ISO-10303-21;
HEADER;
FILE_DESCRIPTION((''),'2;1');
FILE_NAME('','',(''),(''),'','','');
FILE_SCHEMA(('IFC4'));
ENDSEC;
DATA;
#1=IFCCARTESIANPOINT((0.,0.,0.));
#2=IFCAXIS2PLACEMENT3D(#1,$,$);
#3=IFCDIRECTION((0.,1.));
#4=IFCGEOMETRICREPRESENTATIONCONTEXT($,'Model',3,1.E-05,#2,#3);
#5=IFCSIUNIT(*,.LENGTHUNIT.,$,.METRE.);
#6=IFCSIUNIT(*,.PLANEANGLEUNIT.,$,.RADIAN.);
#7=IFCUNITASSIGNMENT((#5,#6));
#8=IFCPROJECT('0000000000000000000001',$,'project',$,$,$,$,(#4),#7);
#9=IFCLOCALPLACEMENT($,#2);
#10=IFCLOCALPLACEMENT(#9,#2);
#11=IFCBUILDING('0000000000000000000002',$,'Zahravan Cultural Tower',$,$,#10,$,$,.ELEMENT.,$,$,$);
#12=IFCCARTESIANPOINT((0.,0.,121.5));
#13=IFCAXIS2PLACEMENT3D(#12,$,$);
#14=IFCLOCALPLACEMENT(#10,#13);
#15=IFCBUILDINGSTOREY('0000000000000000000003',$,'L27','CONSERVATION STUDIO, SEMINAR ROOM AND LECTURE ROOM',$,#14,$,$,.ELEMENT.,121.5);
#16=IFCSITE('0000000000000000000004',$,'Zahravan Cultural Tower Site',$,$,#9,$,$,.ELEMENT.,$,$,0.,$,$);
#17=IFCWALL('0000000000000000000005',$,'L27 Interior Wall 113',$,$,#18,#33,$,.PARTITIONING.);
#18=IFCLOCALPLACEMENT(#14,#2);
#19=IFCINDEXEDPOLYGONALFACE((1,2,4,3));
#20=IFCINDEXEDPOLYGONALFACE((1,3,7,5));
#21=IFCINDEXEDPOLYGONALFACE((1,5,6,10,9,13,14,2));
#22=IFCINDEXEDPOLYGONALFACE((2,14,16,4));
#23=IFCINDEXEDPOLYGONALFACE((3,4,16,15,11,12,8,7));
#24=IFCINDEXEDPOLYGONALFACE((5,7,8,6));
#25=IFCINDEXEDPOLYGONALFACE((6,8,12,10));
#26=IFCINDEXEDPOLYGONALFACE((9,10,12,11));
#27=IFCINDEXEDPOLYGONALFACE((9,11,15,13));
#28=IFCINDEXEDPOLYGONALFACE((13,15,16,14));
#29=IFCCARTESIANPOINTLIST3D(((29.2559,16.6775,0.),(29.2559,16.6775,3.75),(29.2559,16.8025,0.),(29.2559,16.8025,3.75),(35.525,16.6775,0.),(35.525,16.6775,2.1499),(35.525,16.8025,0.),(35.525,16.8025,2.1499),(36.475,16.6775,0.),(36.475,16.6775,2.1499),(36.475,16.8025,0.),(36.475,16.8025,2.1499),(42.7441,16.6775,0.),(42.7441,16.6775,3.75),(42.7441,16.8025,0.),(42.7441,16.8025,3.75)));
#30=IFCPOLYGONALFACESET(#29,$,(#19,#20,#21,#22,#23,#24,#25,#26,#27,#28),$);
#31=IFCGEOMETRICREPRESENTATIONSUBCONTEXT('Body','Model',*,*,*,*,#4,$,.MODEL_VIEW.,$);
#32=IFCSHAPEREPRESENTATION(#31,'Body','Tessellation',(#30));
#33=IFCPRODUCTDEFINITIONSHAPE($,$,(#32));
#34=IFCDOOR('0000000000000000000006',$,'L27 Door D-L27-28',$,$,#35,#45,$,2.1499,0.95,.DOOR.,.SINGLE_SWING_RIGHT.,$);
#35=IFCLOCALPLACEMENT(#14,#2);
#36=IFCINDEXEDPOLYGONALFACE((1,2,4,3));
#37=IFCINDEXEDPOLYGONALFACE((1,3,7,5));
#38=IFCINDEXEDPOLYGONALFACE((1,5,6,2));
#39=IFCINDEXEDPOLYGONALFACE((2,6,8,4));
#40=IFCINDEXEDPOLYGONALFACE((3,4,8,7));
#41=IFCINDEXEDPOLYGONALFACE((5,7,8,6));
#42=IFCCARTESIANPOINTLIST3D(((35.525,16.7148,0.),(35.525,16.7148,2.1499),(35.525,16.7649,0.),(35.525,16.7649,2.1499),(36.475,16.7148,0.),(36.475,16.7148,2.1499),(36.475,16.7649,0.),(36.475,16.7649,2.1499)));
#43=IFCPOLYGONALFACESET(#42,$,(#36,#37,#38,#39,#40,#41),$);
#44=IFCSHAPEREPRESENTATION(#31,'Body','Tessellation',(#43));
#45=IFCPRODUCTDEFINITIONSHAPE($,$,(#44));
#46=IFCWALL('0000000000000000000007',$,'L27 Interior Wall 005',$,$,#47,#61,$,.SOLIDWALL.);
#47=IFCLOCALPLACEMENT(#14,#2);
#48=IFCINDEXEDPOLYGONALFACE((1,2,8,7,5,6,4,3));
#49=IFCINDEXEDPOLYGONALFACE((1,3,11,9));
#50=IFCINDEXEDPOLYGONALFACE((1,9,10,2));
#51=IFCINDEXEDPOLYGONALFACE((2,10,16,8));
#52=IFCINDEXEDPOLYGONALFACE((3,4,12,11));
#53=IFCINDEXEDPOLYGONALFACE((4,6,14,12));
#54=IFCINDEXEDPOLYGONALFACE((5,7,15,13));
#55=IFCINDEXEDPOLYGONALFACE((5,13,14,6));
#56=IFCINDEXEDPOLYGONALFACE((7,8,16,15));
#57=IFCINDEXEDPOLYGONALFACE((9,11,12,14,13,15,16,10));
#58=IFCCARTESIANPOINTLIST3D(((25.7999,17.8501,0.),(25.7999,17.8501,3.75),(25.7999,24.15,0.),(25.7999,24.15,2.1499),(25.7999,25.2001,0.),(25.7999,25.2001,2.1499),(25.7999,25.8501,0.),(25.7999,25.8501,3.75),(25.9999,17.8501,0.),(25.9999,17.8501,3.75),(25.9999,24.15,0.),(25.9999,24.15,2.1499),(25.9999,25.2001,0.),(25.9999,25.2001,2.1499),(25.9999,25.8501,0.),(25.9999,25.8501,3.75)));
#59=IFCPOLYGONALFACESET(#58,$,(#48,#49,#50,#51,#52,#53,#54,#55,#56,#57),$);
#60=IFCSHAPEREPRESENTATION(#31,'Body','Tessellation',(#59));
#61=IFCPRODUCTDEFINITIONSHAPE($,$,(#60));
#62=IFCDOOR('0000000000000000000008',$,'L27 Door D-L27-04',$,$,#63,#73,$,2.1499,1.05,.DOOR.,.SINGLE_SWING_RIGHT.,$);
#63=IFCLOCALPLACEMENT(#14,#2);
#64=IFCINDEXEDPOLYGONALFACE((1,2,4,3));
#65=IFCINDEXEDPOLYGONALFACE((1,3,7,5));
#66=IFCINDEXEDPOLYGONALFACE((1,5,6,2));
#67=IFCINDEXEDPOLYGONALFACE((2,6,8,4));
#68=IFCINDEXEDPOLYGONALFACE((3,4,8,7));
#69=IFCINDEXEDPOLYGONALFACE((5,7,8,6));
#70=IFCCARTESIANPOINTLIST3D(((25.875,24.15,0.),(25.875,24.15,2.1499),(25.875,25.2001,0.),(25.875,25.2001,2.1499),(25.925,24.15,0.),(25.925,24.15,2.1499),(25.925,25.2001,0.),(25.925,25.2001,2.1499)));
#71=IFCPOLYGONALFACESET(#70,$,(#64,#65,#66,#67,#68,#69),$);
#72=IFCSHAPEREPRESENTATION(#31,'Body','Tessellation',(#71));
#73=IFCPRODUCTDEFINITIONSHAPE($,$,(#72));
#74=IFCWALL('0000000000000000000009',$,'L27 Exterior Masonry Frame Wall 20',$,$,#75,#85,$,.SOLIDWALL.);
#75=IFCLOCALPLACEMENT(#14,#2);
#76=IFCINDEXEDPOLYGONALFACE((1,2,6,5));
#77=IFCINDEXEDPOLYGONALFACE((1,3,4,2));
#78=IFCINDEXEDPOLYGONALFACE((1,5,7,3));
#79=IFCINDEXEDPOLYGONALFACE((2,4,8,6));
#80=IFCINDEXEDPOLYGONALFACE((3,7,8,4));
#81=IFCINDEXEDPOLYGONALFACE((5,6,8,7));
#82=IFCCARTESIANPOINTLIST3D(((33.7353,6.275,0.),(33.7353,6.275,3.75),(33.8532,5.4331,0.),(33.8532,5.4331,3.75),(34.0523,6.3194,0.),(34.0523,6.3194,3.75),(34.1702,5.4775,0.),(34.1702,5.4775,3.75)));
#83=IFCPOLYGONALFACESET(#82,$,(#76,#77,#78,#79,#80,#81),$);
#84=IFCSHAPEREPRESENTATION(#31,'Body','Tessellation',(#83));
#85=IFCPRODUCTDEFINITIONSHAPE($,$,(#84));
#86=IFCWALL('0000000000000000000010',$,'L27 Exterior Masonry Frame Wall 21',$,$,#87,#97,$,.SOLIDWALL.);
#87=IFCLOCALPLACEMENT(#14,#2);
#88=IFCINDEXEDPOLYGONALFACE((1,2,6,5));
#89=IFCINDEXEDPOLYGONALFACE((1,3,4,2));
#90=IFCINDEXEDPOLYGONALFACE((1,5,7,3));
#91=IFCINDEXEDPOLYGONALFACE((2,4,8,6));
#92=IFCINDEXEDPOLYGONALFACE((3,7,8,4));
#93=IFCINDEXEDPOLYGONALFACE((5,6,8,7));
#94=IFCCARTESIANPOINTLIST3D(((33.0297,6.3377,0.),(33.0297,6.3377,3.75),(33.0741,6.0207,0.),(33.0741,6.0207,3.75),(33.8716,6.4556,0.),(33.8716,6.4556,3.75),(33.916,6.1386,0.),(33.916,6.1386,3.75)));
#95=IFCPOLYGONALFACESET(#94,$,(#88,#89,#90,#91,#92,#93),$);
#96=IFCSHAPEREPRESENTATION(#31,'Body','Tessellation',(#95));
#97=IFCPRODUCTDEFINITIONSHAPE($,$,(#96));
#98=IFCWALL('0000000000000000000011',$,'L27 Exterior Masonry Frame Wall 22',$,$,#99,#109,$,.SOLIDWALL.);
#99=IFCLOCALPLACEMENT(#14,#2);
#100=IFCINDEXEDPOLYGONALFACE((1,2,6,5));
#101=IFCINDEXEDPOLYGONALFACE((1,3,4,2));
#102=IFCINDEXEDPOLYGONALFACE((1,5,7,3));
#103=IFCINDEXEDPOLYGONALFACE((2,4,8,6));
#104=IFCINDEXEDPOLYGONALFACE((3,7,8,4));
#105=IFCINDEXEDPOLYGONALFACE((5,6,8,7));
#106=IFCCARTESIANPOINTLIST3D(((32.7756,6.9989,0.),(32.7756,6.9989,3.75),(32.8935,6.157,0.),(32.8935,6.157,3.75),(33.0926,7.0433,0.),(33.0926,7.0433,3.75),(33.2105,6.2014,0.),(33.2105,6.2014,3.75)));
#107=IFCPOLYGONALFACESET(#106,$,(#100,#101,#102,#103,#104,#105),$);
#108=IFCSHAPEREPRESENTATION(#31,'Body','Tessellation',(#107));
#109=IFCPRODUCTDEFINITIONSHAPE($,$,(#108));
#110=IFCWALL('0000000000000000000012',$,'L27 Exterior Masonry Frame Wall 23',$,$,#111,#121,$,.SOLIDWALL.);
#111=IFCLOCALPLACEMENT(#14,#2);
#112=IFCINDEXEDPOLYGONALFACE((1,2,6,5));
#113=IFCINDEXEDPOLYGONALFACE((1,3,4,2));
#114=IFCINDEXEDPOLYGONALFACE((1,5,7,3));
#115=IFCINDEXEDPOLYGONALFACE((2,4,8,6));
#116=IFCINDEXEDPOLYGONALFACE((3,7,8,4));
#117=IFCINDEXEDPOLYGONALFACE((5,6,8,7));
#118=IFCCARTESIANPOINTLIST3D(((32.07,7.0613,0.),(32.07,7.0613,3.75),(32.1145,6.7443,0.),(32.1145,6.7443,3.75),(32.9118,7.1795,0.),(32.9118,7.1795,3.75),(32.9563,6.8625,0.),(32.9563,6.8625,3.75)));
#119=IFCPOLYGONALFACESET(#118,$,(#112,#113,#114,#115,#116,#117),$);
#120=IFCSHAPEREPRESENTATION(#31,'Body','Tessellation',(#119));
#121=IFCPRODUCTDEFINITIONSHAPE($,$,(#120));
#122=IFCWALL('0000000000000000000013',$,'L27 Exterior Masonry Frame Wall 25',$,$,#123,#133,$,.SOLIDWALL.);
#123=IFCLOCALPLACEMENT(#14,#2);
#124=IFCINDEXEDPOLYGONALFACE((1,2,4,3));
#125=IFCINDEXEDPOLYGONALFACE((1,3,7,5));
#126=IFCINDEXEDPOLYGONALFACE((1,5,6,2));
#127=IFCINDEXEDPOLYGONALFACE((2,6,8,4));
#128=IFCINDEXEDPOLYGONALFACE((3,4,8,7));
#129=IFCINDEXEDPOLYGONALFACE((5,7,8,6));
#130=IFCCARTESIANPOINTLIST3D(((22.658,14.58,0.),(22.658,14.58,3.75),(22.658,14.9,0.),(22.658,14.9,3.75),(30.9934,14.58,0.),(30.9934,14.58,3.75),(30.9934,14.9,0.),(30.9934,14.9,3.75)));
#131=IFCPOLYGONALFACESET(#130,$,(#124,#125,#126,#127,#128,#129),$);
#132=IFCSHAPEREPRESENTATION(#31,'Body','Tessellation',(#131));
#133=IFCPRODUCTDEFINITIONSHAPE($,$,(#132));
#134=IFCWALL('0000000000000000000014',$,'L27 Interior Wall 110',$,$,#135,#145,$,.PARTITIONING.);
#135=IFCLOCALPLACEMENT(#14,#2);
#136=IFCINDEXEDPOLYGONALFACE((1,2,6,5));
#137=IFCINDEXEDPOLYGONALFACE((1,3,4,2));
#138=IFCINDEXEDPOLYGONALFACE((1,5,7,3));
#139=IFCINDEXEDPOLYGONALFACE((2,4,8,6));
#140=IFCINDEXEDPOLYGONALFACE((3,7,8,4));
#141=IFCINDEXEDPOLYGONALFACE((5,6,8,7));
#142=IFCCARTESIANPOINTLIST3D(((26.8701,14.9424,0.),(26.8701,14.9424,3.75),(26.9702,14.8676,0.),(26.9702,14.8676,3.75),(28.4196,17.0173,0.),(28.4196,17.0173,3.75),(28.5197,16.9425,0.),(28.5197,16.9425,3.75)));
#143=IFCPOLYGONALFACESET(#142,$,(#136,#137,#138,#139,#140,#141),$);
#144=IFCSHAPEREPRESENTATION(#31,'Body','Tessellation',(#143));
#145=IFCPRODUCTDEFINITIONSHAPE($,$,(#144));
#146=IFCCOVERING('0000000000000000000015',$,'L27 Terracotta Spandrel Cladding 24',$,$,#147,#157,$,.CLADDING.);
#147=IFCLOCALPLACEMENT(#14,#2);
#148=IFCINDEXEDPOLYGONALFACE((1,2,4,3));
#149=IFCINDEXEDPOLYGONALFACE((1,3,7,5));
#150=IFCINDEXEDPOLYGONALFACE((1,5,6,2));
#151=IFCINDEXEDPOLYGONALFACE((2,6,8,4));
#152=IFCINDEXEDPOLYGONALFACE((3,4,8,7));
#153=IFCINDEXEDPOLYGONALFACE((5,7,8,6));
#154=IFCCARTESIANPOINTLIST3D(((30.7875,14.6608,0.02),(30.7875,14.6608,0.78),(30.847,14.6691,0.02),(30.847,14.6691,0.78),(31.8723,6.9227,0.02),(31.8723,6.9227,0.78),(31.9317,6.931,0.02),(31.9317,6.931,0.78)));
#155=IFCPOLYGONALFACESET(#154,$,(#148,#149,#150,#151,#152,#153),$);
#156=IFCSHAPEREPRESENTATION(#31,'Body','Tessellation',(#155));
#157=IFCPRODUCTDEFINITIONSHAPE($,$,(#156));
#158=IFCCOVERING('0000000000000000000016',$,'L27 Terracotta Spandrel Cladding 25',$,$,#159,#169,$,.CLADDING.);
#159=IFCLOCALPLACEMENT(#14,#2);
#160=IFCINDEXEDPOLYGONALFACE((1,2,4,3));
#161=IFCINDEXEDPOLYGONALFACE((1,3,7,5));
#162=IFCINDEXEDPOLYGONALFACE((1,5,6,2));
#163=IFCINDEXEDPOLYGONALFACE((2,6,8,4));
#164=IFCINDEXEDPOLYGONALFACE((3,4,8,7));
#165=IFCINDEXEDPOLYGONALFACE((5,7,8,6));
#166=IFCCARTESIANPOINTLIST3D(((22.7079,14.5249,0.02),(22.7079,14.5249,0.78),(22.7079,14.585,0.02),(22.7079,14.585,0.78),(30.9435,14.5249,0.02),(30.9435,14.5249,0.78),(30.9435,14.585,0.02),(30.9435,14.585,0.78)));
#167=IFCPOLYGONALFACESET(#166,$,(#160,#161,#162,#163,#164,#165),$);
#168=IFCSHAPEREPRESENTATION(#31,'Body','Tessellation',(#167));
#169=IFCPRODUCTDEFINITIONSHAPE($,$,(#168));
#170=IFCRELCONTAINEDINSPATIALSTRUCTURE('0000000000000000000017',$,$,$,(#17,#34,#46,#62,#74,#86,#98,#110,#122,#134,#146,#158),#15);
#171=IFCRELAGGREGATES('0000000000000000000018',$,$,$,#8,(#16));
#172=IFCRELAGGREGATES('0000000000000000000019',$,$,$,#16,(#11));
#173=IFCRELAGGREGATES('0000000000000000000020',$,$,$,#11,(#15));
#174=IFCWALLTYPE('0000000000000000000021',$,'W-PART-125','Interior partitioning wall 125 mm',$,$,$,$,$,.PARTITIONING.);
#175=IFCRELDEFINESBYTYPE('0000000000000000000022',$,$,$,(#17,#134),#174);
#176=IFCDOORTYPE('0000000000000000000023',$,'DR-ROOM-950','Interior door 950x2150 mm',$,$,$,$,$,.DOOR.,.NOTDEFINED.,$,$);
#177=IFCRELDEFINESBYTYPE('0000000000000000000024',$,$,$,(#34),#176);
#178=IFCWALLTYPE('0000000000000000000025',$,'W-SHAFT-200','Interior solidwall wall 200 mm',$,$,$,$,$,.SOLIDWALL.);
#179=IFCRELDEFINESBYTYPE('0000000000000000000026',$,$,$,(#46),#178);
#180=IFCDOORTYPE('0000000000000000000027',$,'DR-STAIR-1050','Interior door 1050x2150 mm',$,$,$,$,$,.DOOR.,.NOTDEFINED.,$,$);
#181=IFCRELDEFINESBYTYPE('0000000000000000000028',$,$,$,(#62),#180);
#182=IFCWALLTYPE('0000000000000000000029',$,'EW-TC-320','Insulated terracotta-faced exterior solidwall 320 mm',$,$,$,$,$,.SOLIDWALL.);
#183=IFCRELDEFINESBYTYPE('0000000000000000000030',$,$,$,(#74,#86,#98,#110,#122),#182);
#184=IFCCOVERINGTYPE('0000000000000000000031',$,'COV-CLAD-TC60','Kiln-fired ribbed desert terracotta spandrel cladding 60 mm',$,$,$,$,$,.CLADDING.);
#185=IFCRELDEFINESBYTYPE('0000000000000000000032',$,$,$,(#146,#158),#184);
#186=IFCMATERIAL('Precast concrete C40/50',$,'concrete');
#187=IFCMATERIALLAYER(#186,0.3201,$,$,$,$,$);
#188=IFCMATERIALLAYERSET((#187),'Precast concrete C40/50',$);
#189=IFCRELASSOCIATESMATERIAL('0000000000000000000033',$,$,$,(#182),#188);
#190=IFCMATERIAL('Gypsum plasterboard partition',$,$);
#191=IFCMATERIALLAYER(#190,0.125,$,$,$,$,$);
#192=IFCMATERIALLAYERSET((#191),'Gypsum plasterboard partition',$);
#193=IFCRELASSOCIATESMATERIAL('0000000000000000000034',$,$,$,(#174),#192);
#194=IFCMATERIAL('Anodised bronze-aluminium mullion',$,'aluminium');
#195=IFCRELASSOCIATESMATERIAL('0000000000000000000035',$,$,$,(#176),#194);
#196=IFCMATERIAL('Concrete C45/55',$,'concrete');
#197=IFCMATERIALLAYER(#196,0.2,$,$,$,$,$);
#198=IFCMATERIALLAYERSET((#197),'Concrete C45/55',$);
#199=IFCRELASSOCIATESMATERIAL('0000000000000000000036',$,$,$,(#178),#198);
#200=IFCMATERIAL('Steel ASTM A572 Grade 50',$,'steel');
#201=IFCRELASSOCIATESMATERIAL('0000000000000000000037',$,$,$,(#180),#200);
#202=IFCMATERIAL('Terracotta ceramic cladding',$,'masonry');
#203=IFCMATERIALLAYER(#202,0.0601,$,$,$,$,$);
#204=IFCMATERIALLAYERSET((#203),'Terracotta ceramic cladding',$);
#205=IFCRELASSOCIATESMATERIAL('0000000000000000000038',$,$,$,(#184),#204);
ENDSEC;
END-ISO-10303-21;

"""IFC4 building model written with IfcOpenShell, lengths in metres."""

from ifc_helpers import new_model, si_unit, direction, frame, frame_2d, origin, origin_2d, place, context, subcontext, project, spatial, rectangle, extrude, source, transform, mapped, material, layer, layer_set, type_object, element, fill, save


model = new_model("IFC4")

# Units and contexts
model_context = context("Model", 3, precision=1e-05, world=origin(), true_north=direction((0.0, 1.0)))
body_context = subcontext(model_context, "Body", "Model", "MODEL_VIEW")
ifc_project = project(units=[si_unit("LENGTHUNIT", "METRE"), si_unit("PLANEANGLEUNIT", "RADIAN")], contexts=[model_context])

# Site, building, storey
site_placement = place(None, origin())
site = spatial("IfcSite", under=ifc_project, at=site_placement, Name="Zahravan Cultural Tower Site", CompositionType="ELEMENT", RefElevation=0.0)
building_placement = place(site_placement, origin())
building = spatial("IfcBuilding", under=site, at=building_placement, Name="Zahravan Cultural Tower", CompositionType="ELEMENT")
storey_placement = place(building_placement, frame((0.0, 0.0, 121.5)))
storey = spatial("IfcBuildingStorey", under=building, at=storey_placement, Name="L27", Description="CONSERVATION STUDIO, SEMINAR ROOM AND LECTURE ROOM", CompositionType="ELEMENT", Elevation=121.5)

# Shared definitions
ifc_material_1 = material(Name="Steel ASTM A572 Grade 50", Category="steel")

# Shared definitions
ifc_material_2 = material(Name="Precast concrete C40/50", Category="concrete")
ifc_layer_1 = layer(ifc_material_2, 0.3201)
ifc_layer_set_1 = layer_set([ifc_layer_1], Name="Precast concrete C40/50")
wall_type_1 = type_object("IfcWallType", Name="EW-TC-320", Description="Insulated terracotta-faced exterior solidwall 320 mm", PredefinedType="SOLIDWALL", material=ifc_layer_set_1)

# Walls, openings, doors
ifc_material_3 = material(Name="Gypsum plasterboard partition")
ifc_layer_2 = layer(ifc_material_3, 0.125)
ifc_layer_set_2 = layer_set([ifc_layer_2], Name="Gypsum plasterboard partition")
wall_type_2 = type_object("IfcWallType", Name="W-PART-125", Description="Interior partitioning wall 125 mm", PredefinedType="PARTITIONING", material=ifc_layer_set_2)
wall_1_placement = place(storey_placement, frame((29.2559, 16.74, 0.0), z_axis=(0.0, 0.0, 1.0), x_axis=(1.0, 0.0, 0.0)))
wall_1 = element("IfcWall", 1, at=wall_1_placement, inside=storey, type_object=wall_type_2, Name="L27 Interior Wall 113", PredefinedType="PARTITIONING", context=body_context, shape_type="SweptSolid", body=[
    extrude(rectangle(XDim=13.4883, YDim=0.125, at=frame_2d((6.7441, 0.0))), origin(), (0.0, 0.0, 1.0), 3.75),
])
opening_1_placement = place(wall_1_placement, frame((6.269, 0.0, 0.0)))
opening_1 = element("IfcOpeningElement", 2, at=opening_1_placement, cuts=wall_1, PredefinedType="OPENING", context=body_context, shape_type="SweptSolid", body=[
    extrude(rectangle(XDim=0.95, YDim=2.1499, at=frame_2d((0.4751, 1.075))), frame((0.0, 0.0725, 0.0), z_axis=(0.0, -1.0, 0.0), x_axis=(1.0, 0.0, 0.0)), (0.0, 0.0, 1.0), 0.145),
])
ifc_material_4 = material(Name="Anodised bronze-aluminium mullion", Category="aluminium")
door_type_1 = type_object("IfcDoorType", Name="DR-ROOM-950", Description="Interior door 950x2150 mm", OperationType="NOTDEFINED", PredefinedType="DOOR", material=ifc_material_4)
shared_shape_1 = source(origin(), body_context, "Body", "SweptSolid", [
    extrude(rectangle(XDim=0.95, YDim=2.1499, at=frame_2d((0.4751, 1.075))), frame((0.0, 0.0249, 0.0), z_axis=(0.0, -1.0, 0.0), x_axis=(1.0, 0.0, 0.0)), (0.0, 0.0, 1.0), 0.05),
])
door_1_placement = place(opening_1_placement, origin())
door_1 = element("IfcDoor", 3, at=door_1_placement, inside=storey, type_object=door_type_1, Name="L27 Door D-L27-28", OperationType="SINGLE_SWING_RIGHT", OverallHeight=2.1499, OverallWidth=0.95, PredefinedType="DOOR", context=body_context, shape_type="MappedRepresentation", body=[
    mapped(shared_shape_1, transform((0.0, 0.0, 0.0), x_axis=(1.0, 0.0, 0.0), y_axis=(0.0, 1.0, 0.0), z_axis=(0.0, 0.0, 1.0), scale=1.0)),
])
fill(opening_1, door_1)
ifc_material_5 = material(Name="Concrete C45/55", Category="concrete")
ifc_layer_3 = layer(ifc_material_5, 0.2)
ifc_layer_set_3 = layer_set([ifc_layer_3], Name="Concrete C45/55")
wall_type_3 = type_object("IfcWallType", Name="W-SHAFT-200", Description="Interior solidwall wall 200 mm", PredefinedType="SOLIDWALL", material=ifc_layer_set_3)
wall_2_placement = place(storey_placement, frame((25.8999, 17.8501, 0.0), z_axis=(0.0, 0.0, 1.0), x_axis=(0.0, 1.0, 0.0)))
wall_2 = element("IfcWall", 4, at=wall_2_placement, inside=storey, type_object=wall_type_3, Name="L27 Interior Wall 005", PredefinedType="SOLIDWALL", context=body_context, shape_type="SweptSolid", body=[
    extrude(rectangle(XDim=8.0, YDim=0.2, at=frame_2d((4.0, 0.0))), origin(), (0.0, 0.0, 1.0), 3.75),
])
opening_2_placement = place(wall_2_placement, frame((6.3, 0.0, 0.0)))
opening_2 = element("IfcOpeningElement", 5, at=opening_2_placement, cuts=wall_2, PredefinedType="OPENING", context=body_context, shape_type="SweptSolid", body=[
    extrude(rectangle(XDim=1.05, YDim=2.1499, at=frame_2d((0.5249, 1.075))), frame((0.0, 0.1099, 0.0), z_axis=(0.0, -1.0, 0.0), x_axis=(1.0, 0.0, 0.0)), (0.0, 0.0, 1.0), 0.22),
])
door_type_2 = type_object("IfcDoorType", Name="DR-STAIR-1050", Description="Interior door 1050x2150 mm", OperationType="NOTDEFINED", PredefinedType="DOOR", material=ifc_material_1)
shared_shape_2 = source(origin(), body_context, "Body", "SweptSolid", [
    extrude(rectangle(XDim=1.05, YDim=2.1499, at=frame_2d((0.5249, 1.075))), frame((0.0, 0.0249, 0.0), z_axis=(0.0, -1.0, 0.0), x_axis=(1.0, 0.0, 0.0)), (0.0, 0.0, 1.0), 0.05),
])
door_2_placement = place(opening_2_placement, origin())
door_2 = element("IfcDoor", 6, at=door_2_placement, inside=storey, type_object=door_type_2, Name="L27 Door D-L27-04", OperationType="SINGLE_SWING_RIGHT", OverallHeight=2.1499, OverallWidth=1.05, PredefinedType="DOOR", context=body_context, shape_type="MappedRepresentation", body=[
    mapped(shared_shape_2, transform((0.0, 0.0, 0.0), x_axis=(1.0, 0.0, 0.0), y_axis=(0.0, 1.0, 0.0), z_axis=(0.0, 0.0, 1.0), scale=1.0)),
])
fill(opening_2, door_2)

# Walls
shared_shape_3 = source(origin(), body_context, "Body", "SweptSolid", [
    extrude(rectangle(XDim=0.8501, YDim=0.3201, at=frame_2d((0.425, 0.0))), origin(), (0.0, 0.0, 1.0), 3.75),
])
for number, where, z_axis, x_axis, name in (
    (7, (34.0117, 5.4553, 0.0), (0.0, 0.0, 1.0), (-0.138727, 0.990331, 0.0), "L27 Exterior Masonry Frame Wall 20"),
    (8, (33.8938, 6.2971, 0.0), (0.0, 0.0, 1.0), (-0.990331, -0.138727, 0.0), "L27 Exterior Masonry Frame Wall 21"),
    (9, (33.052, 6.1792, 0.0), (0.0, 0.0, 1.0), (-0.138727, 0.990331, 0.0), "L27 Exterior Masonry Frame Wall 22"),
    (10, (32.9341, 7.021, 0.0), (0.0, 0.0, 1.0), (-0.990291, -0.139008, 0.0), "L27 Exterior Masonry Frame Wall 23"),
):
    element("IfcWall", number, at=place(storey_placement, frame(where, z_axis=z_axis, x_axis=x_axis)), inside=storey, type_object=wall_type_1, Name=name, PredefinedType="SOLIDWALL", context=body_context, shape_type="MappedRepresentation", body=[
        mapped(shared_shape_3, transform((0.0, 0.0, 0.0), x_axis=(1.0, 0.0, 0.0), y_axis=(0.0, 1.0, 0.0), z_axis=(0.0, 0.0, 1.0), scale=1.0)),
    ])
shared_shape_4 = source(origin(), body_context, "Body", "SweptSolid", [
    extrude(rectangle(XDim=8.3354, YDim=0.3201, at=frame_2d((4.1677, 0.0))), origin(), (0.0, 0.0, 1.0), 3.75),
])
wall_3_placement = place(storey_placement, frame((30.9934, 14.74, 0.0), z_axis=(0.0, 0.0, 1.0), x_axis=(-1.0, 0.0, 0.0)))
element("IfcWall", 11, at=wall_3_placement, inside=storey, type_object=wall_type_1, Name="L27 Exterior Masonry Frame Wall 25", PredefinedType="SOLIDWALL", context=body_context, shape_type="MappedRepresentation", body=[
    mapped(shared_shape_4, transform((0.0, 0.0, 0.0), x_axis=(1.0, 0.0, 0.0), y_axis=(0.0, 1.0, 0.0), z_axis=(0.0, 0.0, 1.0), scale=1.0)),
])
shared_shape_5 = source(origin(), body_context, "Body", "SweptSolid", [
    extrude(rectangle(XDim=2.5896, YDim=0.125, at=frame_2d((1.2949, 0.0))), origin(), (0.0, 0.0, 1.0), 3.75),
])
wall_4_placement = place(storey_placement, frame((28.4697, 16.98, 0.0), z_axis=(0.0, 0.0, 1.0), x_axis=(-0.598355, -0.801231, 0.0)))
element("IfcWall", 12, at=wall_4_placement, inside=storey, type_object=wall_type_2, Name="L27 Interior Wall 110", PredefinedType="PARTITIONING", context=body_context, shape_type="MappedRepresentation", body=[
    mapped(shared_shape_5, transform((0.0, 0.0, 0.0), x_axis=(1.0, 0.0, 0.0), y_axis=(0.0, 1.0, 0.0), z_axis=(0.0, 0.0, 1.0), scale=1.0)),
])

# Coverings
ifc_material_6 = material(Name="Terracotta ceramic cladding", Category="masonry")
ifc_layer_4 = layer(ifc_material_6, 0.0601)
ifc_layer_set_4 = layer_set([ifc_layer_4], Name="Terracotta ceramic cladding")
covering_type = type_object("IfcCoveringType", Name="COV-CLAD-TC60", Description="Kiln-fired ribbed desert terracotta spandrel cladding 60 mm", PredefinedType="CLADDING", material=ifc_layer_set_4)
shared_shape_6 = source(origin(), body_context, "Body", "SweptSolid", [
    extrude(rectangle(XDim=7.8137, YDim=0.0601, at=origin_2d()), origin(), (0.0, 0.0, 1.0), 0.76),
])
covering_1_placement = place(storey_placement, frame((31.3596, 10.7959, 0.02), z_axis=(0.0, 0.0, 1.0), x_axis=(-0.138827, 0.990317, 0.0)))
element("IfcCovering", 13, at=covering_1_placement, inside=storey, type_object=covering_type, Name="L27 Terracotta Spandrel Cladding 24", PredefinedType="CLADDING", context=body_context, shape_type="MappedRepresentation", body=[
    mapped(shared_shape_6, transform((0.0, 0.0, 0.0), x_axis=(1.0, 0.0, 0.0), y_axis=(0.0, 1.0, 0.0), z_axis=(0.0, 0.0, 1.0), scale=1.0)),
])
shared_shape_7 = source(origin(), body_context, "Body", "SweptSolid", [
    extrude(rectangle(XDim=8.2356, YDim=0.0601, at=origin_2d()), origin(), (0.0, 0.0, 1.0), 0.76),
])
covering_2_placement = place(storey_placement, frame((26.8257, 14.5549, 0.02), z_axis=(0.0, 0.0, 1.0), x_axis=(-1.0, 0.0, 0.0)))
element("IfcCovering", 14, at=covering_2_placement, inside=storey, type_object=covering_type, Name="L27 Terracotta Spandrel Cladding 25", PredefinedType="CLADDING", context=body_context, shape_type="MappedRepresentation", body=[
    mapped(shared_shape_7, transform((0.0, 0.0, 0.0), x_axis=(1.0, 0.0, 0.0), y_axis=(0.0, 1.0, 0.0), z_axis=(0.0, 0.0, 1.0), scale=1.0)),
])

save(model, "model.ifc")
